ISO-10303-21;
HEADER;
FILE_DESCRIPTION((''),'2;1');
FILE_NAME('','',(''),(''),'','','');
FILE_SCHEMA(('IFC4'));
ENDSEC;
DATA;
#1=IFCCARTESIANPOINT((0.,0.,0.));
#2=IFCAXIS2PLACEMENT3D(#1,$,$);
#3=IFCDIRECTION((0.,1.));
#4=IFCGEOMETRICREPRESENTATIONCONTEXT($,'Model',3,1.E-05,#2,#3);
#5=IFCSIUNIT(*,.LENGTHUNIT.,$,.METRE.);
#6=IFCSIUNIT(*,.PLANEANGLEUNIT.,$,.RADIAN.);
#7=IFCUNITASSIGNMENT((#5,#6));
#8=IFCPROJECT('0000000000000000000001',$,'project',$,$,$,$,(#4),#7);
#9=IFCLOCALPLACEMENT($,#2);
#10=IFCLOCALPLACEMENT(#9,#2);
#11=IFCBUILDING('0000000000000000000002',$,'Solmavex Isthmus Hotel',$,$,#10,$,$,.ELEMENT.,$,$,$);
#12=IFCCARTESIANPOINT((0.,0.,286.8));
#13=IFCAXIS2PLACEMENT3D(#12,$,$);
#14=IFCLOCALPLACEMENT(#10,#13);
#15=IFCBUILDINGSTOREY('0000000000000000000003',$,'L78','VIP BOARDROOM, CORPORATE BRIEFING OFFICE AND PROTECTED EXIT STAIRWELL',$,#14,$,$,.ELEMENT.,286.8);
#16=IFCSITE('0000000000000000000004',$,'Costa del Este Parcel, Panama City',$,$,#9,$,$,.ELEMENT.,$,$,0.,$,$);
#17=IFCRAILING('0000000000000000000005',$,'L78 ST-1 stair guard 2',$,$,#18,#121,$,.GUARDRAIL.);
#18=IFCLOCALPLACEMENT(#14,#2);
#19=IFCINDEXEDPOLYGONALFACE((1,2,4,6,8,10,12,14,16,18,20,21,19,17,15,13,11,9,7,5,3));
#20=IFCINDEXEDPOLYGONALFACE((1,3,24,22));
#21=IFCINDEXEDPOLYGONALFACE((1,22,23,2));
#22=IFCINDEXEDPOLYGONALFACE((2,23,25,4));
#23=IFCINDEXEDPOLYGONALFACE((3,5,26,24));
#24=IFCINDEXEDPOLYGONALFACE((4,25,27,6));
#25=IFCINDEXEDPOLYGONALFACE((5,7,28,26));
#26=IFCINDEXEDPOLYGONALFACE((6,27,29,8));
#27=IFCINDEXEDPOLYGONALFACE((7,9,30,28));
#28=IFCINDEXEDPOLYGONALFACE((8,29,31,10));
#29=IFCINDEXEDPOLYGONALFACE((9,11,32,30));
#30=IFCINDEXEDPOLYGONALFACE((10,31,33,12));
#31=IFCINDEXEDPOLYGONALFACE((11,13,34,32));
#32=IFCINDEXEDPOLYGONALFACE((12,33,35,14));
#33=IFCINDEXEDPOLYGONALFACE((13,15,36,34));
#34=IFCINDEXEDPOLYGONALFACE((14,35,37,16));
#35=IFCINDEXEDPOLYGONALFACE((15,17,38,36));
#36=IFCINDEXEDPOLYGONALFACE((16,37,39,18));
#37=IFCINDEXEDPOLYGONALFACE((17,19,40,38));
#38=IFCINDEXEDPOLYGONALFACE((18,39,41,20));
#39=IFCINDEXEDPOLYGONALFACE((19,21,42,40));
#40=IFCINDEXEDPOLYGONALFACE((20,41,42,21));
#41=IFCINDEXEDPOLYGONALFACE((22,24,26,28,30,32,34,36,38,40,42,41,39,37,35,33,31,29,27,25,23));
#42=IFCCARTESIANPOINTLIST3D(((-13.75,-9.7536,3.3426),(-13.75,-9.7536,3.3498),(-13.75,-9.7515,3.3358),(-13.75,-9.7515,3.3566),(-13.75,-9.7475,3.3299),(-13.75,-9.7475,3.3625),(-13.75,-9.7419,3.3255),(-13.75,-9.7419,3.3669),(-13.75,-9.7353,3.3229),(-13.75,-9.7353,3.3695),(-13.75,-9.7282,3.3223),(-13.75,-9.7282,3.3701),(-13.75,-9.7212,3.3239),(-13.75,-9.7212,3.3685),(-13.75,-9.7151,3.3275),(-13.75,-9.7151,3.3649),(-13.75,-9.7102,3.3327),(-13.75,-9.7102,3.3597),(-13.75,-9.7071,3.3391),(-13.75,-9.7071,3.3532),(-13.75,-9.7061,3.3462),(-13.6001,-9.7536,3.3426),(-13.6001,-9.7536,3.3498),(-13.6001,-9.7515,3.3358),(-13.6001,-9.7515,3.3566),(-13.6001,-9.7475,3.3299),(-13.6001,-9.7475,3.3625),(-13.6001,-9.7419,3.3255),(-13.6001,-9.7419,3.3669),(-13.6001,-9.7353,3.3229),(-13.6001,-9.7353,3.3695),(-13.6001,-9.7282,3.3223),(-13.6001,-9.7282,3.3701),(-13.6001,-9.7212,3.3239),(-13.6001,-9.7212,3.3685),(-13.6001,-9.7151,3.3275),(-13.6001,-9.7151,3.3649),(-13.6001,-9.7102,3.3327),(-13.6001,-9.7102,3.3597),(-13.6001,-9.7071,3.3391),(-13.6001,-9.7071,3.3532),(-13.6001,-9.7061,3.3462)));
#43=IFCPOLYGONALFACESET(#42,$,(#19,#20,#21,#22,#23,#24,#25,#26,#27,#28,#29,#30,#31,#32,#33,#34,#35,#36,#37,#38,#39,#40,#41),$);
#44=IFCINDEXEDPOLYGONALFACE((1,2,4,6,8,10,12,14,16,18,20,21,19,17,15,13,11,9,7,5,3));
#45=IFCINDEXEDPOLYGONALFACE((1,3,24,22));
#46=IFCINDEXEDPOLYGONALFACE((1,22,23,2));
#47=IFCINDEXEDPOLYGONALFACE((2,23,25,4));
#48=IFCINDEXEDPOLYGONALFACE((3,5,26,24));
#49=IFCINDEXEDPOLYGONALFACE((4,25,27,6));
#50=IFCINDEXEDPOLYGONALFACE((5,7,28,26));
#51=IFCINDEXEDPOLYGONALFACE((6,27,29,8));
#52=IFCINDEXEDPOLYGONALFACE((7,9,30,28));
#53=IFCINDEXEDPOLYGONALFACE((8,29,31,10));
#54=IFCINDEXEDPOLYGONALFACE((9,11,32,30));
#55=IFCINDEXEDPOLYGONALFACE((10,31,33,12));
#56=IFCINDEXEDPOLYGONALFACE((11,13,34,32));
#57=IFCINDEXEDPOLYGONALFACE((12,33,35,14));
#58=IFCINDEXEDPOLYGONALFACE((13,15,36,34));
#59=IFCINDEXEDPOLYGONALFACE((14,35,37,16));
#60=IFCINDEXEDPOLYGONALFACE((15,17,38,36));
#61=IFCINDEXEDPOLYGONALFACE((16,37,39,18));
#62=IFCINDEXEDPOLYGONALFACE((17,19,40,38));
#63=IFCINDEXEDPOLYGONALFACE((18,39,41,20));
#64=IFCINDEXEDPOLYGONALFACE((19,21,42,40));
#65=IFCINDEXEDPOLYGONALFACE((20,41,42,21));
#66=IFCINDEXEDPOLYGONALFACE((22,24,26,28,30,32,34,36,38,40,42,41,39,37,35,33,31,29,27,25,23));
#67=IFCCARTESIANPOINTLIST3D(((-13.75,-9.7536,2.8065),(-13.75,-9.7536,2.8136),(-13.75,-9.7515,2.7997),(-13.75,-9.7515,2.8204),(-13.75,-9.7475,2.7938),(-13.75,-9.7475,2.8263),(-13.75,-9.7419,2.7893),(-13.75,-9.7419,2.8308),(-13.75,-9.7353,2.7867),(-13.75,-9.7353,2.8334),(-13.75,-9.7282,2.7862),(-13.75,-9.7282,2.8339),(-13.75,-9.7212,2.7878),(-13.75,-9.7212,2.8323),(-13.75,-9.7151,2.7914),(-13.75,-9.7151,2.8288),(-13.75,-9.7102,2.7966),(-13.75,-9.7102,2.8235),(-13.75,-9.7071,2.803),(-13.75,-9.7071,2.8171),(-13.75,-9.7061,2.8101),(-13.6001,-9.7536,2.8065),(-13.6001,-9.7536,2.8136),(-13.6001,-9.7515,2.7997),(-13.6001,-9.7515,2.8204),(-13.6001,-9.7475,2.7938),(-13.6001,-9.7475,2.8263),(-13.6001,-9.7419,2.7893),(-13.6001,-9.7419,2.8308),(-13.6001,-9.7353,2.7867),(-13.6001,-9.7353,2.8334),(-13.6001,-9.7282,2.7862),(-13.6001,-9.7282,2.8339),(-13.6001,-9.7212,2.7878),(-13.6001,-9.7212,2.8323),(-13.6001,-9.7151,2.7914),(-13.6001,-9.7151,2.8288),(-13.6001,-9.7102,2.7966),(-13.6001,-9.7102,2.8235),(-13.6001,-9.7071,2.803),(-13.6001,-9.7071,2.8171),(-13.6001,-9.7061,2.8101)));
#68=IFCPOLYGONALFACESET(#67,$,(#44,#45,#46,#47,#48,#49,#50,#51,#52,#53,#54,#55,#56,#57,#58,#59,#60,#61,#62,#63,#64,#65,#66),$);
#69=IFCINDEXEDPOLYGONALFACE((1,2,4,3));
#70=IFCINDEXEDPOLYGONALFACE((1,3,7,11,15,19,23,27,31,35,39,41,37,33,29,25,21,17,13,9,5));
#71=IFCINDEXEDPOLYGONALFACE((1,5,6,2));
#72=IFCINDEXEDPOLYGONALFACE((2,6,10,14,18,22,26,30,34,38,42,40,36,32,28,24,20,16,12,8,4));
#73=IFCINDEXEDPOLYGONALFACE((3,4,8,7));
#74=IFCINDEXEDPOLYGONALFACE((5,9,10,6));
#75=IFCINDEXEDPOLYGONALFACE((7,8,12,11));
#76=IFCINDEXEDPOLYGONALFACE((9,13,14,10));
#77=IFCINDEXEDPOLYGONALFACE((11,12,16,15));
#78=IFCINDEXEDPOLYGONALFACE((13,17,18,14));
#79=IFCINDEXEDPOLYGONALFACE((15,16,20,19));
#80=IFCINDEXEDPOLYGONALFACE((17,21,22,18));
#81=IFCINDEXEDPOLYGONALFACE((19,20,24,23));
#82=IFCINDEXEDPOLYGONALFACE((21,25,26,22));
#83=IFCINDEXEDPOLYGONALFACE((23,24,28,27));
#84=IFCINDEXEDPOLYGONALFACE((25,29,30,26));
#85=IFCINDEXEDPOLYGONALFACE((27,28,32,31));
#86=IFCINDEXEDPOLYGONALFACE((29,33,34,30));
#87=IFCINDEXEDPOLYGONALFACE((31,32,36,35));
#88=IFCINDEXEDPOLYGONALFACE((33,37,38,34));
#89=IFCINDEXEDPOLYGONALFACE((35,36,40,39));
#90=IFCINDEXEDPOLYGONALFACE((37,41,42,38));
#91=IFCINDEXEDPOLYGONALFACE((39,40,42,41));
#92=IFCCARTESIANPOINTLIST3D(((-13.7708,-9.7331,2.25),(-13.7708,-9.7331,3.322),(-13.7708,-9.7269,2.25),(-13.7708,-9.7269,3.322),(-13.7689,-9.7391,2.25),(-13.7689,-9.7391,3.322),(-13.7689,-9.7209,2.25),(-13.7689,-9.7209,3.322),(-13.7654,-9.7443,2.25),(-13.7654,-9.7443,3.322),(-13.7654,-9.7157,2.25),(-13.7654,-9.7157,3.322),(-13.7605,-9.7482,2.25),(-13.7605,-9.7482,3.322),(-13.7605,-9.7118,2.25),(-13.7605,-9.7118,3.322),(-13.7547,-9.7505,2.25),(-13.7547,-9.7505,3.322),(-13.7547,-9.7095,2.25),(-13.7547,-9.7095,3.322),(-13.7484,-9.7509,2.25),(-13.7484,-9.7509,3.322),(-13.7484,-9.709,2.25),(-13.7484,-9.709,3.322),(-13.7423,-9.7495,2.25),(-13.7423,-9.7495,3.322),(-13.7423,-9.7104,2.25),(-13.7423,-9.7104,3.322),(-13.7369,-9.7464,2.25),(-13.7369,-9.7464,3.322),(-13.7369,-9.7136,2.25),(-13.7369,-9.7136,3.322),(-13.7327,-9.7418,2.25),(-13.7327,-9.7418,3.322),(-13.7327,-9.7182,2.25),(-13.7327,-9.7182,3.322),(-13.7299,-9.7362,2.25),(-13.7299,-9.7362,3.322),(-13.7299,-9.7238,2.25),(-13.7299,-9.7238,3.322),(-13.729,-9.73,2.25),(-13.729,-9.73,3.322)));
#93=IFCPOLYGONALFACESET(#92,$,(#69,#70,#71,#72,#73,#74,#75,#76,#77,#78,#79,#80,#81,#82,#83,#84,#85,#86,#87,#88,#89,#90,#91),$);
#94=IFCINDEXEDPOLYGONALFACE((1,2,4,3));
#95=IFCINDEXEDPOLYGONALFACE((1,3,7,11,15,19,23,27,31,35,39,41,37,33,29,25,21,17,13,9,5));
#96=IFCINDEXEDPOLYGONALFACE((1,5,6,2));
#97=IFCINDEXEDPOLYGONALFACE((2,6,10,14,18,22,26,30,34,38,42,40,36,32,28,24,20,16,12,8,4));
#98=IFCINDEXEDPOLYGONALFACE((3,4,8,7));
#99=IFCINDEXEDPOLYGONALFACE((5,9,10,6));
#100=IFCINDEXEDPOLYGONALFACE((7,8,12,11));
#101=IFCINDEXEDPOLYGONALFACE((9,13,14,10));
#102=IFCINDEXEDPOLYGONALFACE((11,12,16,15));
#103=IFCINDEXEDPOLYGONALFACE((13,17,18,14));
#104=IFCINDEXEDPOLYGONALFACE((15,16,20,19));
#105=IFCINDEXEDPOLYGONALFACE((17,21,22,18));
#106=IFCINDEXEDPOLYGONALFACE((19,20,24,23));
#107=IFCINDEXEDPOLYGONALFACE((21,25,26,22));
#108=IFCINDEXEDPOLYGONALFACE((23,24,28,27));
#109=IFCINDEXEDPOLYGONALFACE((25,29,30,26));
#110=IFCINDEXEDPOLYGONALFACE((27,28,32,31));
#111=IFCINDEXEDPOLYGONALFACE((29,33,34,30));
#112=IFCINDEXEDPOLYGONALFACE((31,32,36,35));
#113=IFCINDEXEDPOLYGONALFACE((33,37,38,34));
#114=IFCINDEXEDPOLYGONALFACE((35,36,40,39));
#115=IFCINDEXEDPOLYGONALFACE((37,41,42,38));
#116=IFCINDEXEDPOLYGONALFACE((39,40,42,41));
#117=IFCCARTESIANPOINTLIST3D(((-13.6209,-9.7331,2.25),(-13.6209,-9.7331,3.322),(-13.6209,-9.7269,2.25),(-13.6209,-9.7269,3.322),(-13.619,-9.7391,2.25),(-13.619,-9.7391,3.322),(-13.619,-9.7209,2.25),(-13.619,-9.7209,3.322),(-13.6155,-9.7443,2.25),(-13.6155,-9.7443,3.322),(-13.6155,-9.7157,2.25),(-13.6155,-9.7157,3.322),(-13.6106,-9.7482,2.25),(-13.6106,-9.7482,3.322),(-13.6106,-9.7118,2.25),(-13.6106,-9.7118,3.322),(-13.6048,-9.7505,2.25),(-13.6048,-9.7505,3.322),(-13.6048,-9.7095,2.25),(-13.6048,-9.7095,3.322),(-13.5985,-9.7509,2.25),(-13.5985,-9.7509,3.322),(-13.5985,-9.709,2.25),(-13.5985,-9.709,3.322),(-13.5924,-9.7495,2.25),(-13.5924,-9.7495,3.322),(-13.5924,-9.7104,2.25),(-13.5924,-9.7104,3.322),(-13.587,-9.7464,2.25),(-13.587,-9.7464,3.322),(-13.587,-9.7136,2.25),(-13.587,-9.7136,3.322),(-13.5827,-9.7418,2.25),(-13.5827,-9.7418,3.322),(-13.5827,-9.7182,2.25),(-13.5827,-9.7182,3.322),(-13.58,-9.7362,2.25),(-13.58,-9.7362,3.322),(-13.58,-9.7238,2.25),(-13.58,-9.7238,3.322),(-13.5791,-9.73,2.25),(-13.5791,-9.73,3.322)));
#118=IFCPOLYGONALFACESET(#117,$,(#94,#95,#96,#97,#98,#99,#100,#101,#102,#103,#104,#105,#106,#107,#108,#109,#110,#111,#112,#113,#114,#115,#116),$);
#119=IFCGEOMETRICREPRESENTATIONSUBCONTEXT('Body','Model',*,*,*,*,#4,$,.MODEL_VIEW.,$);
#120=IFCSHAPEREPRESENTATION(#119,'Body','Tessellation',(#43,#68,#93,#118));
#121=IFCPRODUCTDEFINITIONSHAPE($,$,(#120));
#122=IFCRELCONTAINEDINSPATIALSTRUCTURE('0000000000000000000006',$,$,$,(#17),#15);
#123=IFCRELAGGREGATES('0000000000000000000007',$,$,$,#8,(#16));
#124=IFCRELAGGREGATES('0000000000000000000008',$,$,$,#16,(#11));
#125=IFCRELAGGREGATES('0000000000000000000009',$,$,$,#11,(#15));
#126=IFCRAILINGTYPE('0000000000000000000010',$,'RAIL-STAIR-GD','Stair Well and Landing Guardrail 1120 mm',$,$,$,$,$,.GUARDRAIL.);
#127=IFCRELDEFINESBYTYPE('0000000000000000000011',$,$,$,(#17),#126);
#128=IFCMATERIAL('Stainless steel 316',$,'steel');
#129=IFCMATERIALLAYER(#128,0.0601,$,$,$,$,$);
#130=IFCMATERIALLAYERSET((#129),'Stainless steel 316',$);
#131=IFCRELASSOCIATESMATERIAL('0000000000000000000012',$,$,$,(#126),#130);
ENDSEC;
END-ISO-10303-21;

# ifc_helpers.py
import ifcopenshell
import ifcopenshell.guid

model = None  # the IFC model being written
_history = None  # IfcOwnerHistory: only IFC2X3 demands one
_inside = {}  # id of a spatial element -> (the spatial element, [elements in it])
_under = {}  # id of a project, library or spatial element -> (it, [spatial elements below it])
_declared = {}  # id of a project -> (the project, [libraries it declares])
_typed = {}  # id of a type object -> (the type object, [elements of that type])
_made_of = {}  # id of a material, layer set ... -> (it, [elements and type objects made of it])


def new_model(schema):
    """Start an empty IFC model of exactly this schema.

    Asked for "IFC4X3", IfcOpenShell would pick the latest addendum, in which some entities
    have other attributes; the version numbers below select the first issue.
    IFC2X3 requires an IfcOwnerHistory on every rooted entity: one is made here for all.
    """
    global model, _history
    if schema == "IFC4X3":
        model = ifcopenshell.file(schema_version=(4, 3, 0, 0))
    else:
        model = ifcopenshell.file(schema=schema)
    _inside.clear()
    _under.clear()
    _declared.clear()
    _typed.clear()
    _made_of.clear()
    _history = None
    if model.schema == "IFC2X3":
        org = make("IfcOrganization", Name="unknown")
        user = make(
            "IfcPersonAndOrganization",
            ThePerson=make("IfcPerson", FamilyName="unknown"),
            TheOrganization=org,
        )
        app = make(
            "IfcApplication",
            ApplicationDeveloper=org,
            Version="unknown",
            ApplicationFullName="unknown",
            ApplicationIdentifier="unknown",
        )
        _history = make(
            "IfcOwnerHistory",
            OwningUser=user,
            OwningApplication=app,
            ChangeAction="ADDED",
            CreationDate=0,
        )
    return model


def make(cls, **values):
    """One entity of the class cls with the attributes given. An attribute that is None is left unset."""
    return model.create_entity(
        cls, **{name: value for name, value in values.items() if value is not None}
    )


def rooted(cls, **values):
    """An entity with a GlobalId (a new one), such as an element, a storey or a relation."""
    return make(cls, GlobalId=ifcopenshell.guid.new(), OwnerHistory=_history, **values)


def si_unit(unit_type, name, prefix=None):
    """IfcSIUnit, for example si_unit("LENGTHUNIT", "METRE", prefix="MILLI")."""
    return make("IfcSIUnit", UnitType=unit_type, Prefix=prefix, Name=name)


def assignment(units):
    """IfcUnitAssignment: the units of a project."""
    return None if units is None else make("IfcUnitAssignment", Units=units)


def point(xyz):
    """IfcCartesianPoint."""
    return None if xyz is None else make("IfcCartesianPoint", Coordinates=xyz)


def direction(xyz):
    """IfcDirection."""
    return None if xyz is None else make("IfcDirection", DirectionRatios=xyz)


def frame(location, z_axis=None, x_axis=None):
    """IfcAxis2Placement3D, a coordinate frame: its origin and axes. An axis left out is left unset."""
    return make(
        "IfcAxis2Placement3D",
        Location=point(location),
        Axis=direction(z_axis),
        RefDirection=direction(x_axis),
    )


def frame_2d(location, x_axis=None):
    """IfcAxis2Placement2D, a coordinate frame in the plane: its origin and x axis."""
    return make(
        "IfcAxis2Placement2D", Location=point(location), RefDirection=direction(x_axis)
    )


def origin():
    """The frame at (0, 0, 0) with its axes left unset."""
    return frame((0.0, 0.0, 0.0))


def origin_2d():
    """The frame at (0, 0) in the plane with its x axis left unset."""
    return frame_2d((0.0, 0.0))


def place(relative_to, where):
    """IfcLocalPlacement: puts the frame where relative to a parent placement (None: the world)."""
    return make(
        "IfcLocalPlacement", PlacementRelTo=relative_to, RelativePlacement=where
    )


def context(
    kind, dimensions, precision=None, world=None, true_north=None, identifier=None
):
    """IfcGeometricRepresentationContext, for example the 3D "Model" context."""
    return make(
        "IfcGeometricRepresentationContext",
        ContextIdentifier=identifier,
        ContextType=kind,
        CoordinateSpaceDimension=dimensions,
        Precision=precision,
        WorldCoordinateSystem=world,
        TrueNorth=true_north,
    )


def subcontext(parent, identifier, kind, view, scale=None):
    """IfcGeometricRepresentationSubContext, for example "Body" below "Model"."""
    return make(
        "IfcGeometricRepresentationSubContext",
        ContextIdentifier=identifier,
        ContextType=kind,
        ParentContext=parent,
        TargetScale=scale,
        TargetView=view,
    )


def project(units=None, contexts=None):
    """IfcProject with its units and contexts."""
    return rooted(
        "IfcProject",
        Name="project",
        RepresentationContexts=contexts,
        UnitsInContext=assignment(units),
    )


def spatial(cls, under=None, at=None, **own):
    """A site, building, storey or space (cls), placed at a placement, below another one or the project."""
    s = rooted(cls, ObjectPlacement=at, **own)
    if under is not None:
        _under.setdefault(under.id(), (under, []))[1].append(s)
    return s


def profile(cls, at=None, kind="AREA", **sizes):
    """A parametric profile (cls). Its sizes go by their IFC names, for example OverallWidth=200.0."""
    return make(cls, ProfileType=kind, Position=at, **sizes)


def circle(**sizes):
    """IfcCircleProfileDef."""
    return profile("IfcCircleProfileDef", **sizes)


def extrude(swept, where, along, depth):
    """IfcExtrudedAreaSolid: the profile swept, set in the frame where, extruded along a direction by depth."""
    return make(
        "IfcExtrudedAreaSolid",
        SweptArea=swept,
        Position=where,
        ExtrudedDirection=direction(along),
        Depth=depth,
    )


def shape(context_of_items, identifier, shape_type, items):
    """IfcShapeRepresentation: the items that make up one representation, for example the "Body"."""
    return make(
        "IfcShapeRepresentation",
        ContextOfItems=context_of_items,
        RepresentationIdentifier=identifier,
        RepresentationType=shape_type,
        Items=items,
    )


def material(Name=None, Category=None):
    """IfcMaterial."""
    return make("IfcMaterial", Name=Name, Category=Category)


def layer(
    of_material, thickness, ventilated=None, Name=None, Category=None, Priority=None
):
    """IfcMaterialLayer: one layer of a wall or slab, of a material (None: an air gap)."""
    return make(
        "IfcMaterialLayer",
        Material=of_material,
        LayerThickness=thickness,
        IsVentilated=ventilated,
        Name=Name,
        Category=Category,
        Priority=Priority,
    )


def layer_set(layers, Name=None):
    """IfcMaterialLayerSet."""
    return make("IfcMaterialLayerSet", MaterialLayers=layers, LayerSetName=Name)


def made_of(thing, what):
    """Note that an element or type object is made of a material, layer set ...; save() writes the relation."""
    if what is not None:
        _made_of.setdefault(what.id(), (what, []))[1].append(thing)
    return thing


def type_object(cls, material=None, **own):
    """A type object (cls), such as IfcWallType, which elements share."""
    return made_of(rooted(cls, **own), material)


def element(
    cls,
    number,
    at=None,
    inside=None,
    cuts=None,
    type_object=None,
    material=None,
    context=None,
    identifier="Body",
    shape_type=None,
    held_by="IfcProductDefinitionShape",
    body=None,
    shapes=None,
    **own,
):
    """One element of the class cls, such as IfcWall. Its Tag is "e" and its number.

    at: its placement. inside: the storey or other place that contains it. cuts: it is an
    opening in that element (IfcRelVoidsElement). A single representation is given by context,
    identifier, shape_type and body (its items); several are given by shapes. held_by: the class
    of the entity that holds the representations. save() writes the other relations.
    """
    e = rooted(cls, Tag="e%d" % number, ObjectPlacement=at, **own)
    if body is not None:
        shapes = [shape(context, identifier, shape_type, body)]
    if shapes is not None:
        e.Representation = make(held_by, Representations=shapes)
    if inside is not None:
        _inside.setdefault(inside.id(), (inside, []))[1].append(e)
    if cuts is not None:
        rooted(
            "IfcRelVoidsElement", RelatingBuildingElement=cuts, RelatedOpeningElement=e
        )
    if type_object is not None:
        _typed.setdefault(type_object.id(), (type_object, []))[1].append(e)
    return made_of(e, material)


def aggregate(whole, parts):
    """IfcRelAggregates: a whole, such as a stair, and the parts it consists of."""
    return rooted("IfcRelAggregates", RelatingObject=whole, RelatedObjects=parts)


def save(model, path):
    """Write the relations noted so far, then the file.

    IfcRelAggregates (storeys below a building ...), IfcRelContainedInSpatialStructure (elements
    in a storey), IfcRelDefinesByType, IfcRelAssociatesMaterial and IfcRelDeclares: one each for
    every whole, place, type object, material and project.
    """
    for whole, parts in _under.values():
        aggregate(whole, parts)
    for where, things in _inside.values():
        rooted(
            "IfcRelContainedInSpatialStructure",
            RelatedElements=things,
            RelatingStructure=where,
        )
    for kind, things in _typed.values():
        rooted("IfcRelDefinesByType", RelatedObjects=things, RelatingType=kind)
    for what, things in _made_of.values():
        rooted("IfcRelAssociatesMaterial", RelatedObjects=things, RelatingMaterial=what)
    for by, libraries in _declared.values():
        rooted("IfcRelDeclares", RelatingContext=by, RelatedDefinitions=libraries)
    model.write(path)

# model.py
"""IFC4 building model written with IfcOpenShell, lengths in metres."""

from ifc_helpers import new_model, si_unit, direction, frame, origin, origin_2d, place, context, subcontext, project, spatial, circle, extrude, material, layer, layer_set, type_object, element, save


model = new_model("IFC4")

# Units and contexts
model_context = context("Model", 3, precision=1e-05, world=origin(), true_north=direction((0.0, 1.0)))
body_context = subcontext(model_context, "Body", "Model", "MODEL_VIEW")
ifc_project = project(units=[si_unit("LENGTHUNIT", "METRE"), si_unit("PLANEANGLEUNIT", "RADIAN")], contexts=[model_context])

# Site, building, storey
site_placement = place(None, origin())
site = spatial("IfcSite", under=ifc_project, at=site_placement, Name="Costa del Este Parcel, Panama City", CompositionType="ELEMENT", RefElevation=0.0)
building_placement = place(site_placement, origin())
building = spatial("IfcBuilding", under=site, at=building_placement, Name="Solmavex Isthmus Hotel", CompositionType="ELEMENT")
storey_placement = place(building_placement, frame((0.0, 0.0, 286.8)))
storey = spatial("IfcBuildingStorey", under=building, at=storey_placement, Name="L78", Description="VIP BOARDROOM, CORPORATE BRIEFING OFFICE AND PROTECTED EXIT STAIRWELL", CompositionType="ELEMENT", Elevation=286.8)

# Shared definitions
ifc_material_1 = material(Name="Stainless steel 316", Category="steel")

# Railing
ifc_layer_1 = layer(ifc_material_1, 0.0601)
ifc_layer_set_1 = layer_set([ifc_layer_1], Name="Stainless steel 316")
railing_type_1 = type_object("IfcRailingType", Name="RAIL-STAIR-GD", Description="Stair Well and Landing Guardrail 1120 mm", PredefinedType="GUARDRAIL", material=ifc_layer_set_1)
railing_1_placement = place(storey_placement, frame((-13.75, -9.73, 2.25)))
element("IfcRailing", 1, at=railing_1_placement, inside=storey, type_object=railing_type_1, Name="L78 ST-1 stair guard 2", PredefinedType="GUARDRAIL", context=body_context, shape_type="SweptSolid", body=[
    extrude(circle(Radius=0.0239, at=origin_2d()), frame((0.0, 0.0, 1.0962), z_axis=(1.0, 0.0, 0.0), x_axis=(0.0, 1.0, 0.0)), (0.0, 0.0, 1.0), 0.1499),
    extrude(circle(Radius=0.0239, at=origin_2d()), frame((0.0, 0.0, 0.5601), z_axis=(1.0, 0.0, 0.0), x_axis=(0.0, 1.0, 0.0)), (0.0, 0.0, 1.0), 0.1499),
    extrude(circle(Radius=0.021, at=origin_2d()), origin(), (0.0, 0.0, 1.0), 1.072),
    extrude(circle(Radius=0.021, at=origin_2d()), frame((0.1499, 0.0, 0.0)), (0.0, 0.0, 1.0), 1.072),
])

save(model, "model.ifc")
